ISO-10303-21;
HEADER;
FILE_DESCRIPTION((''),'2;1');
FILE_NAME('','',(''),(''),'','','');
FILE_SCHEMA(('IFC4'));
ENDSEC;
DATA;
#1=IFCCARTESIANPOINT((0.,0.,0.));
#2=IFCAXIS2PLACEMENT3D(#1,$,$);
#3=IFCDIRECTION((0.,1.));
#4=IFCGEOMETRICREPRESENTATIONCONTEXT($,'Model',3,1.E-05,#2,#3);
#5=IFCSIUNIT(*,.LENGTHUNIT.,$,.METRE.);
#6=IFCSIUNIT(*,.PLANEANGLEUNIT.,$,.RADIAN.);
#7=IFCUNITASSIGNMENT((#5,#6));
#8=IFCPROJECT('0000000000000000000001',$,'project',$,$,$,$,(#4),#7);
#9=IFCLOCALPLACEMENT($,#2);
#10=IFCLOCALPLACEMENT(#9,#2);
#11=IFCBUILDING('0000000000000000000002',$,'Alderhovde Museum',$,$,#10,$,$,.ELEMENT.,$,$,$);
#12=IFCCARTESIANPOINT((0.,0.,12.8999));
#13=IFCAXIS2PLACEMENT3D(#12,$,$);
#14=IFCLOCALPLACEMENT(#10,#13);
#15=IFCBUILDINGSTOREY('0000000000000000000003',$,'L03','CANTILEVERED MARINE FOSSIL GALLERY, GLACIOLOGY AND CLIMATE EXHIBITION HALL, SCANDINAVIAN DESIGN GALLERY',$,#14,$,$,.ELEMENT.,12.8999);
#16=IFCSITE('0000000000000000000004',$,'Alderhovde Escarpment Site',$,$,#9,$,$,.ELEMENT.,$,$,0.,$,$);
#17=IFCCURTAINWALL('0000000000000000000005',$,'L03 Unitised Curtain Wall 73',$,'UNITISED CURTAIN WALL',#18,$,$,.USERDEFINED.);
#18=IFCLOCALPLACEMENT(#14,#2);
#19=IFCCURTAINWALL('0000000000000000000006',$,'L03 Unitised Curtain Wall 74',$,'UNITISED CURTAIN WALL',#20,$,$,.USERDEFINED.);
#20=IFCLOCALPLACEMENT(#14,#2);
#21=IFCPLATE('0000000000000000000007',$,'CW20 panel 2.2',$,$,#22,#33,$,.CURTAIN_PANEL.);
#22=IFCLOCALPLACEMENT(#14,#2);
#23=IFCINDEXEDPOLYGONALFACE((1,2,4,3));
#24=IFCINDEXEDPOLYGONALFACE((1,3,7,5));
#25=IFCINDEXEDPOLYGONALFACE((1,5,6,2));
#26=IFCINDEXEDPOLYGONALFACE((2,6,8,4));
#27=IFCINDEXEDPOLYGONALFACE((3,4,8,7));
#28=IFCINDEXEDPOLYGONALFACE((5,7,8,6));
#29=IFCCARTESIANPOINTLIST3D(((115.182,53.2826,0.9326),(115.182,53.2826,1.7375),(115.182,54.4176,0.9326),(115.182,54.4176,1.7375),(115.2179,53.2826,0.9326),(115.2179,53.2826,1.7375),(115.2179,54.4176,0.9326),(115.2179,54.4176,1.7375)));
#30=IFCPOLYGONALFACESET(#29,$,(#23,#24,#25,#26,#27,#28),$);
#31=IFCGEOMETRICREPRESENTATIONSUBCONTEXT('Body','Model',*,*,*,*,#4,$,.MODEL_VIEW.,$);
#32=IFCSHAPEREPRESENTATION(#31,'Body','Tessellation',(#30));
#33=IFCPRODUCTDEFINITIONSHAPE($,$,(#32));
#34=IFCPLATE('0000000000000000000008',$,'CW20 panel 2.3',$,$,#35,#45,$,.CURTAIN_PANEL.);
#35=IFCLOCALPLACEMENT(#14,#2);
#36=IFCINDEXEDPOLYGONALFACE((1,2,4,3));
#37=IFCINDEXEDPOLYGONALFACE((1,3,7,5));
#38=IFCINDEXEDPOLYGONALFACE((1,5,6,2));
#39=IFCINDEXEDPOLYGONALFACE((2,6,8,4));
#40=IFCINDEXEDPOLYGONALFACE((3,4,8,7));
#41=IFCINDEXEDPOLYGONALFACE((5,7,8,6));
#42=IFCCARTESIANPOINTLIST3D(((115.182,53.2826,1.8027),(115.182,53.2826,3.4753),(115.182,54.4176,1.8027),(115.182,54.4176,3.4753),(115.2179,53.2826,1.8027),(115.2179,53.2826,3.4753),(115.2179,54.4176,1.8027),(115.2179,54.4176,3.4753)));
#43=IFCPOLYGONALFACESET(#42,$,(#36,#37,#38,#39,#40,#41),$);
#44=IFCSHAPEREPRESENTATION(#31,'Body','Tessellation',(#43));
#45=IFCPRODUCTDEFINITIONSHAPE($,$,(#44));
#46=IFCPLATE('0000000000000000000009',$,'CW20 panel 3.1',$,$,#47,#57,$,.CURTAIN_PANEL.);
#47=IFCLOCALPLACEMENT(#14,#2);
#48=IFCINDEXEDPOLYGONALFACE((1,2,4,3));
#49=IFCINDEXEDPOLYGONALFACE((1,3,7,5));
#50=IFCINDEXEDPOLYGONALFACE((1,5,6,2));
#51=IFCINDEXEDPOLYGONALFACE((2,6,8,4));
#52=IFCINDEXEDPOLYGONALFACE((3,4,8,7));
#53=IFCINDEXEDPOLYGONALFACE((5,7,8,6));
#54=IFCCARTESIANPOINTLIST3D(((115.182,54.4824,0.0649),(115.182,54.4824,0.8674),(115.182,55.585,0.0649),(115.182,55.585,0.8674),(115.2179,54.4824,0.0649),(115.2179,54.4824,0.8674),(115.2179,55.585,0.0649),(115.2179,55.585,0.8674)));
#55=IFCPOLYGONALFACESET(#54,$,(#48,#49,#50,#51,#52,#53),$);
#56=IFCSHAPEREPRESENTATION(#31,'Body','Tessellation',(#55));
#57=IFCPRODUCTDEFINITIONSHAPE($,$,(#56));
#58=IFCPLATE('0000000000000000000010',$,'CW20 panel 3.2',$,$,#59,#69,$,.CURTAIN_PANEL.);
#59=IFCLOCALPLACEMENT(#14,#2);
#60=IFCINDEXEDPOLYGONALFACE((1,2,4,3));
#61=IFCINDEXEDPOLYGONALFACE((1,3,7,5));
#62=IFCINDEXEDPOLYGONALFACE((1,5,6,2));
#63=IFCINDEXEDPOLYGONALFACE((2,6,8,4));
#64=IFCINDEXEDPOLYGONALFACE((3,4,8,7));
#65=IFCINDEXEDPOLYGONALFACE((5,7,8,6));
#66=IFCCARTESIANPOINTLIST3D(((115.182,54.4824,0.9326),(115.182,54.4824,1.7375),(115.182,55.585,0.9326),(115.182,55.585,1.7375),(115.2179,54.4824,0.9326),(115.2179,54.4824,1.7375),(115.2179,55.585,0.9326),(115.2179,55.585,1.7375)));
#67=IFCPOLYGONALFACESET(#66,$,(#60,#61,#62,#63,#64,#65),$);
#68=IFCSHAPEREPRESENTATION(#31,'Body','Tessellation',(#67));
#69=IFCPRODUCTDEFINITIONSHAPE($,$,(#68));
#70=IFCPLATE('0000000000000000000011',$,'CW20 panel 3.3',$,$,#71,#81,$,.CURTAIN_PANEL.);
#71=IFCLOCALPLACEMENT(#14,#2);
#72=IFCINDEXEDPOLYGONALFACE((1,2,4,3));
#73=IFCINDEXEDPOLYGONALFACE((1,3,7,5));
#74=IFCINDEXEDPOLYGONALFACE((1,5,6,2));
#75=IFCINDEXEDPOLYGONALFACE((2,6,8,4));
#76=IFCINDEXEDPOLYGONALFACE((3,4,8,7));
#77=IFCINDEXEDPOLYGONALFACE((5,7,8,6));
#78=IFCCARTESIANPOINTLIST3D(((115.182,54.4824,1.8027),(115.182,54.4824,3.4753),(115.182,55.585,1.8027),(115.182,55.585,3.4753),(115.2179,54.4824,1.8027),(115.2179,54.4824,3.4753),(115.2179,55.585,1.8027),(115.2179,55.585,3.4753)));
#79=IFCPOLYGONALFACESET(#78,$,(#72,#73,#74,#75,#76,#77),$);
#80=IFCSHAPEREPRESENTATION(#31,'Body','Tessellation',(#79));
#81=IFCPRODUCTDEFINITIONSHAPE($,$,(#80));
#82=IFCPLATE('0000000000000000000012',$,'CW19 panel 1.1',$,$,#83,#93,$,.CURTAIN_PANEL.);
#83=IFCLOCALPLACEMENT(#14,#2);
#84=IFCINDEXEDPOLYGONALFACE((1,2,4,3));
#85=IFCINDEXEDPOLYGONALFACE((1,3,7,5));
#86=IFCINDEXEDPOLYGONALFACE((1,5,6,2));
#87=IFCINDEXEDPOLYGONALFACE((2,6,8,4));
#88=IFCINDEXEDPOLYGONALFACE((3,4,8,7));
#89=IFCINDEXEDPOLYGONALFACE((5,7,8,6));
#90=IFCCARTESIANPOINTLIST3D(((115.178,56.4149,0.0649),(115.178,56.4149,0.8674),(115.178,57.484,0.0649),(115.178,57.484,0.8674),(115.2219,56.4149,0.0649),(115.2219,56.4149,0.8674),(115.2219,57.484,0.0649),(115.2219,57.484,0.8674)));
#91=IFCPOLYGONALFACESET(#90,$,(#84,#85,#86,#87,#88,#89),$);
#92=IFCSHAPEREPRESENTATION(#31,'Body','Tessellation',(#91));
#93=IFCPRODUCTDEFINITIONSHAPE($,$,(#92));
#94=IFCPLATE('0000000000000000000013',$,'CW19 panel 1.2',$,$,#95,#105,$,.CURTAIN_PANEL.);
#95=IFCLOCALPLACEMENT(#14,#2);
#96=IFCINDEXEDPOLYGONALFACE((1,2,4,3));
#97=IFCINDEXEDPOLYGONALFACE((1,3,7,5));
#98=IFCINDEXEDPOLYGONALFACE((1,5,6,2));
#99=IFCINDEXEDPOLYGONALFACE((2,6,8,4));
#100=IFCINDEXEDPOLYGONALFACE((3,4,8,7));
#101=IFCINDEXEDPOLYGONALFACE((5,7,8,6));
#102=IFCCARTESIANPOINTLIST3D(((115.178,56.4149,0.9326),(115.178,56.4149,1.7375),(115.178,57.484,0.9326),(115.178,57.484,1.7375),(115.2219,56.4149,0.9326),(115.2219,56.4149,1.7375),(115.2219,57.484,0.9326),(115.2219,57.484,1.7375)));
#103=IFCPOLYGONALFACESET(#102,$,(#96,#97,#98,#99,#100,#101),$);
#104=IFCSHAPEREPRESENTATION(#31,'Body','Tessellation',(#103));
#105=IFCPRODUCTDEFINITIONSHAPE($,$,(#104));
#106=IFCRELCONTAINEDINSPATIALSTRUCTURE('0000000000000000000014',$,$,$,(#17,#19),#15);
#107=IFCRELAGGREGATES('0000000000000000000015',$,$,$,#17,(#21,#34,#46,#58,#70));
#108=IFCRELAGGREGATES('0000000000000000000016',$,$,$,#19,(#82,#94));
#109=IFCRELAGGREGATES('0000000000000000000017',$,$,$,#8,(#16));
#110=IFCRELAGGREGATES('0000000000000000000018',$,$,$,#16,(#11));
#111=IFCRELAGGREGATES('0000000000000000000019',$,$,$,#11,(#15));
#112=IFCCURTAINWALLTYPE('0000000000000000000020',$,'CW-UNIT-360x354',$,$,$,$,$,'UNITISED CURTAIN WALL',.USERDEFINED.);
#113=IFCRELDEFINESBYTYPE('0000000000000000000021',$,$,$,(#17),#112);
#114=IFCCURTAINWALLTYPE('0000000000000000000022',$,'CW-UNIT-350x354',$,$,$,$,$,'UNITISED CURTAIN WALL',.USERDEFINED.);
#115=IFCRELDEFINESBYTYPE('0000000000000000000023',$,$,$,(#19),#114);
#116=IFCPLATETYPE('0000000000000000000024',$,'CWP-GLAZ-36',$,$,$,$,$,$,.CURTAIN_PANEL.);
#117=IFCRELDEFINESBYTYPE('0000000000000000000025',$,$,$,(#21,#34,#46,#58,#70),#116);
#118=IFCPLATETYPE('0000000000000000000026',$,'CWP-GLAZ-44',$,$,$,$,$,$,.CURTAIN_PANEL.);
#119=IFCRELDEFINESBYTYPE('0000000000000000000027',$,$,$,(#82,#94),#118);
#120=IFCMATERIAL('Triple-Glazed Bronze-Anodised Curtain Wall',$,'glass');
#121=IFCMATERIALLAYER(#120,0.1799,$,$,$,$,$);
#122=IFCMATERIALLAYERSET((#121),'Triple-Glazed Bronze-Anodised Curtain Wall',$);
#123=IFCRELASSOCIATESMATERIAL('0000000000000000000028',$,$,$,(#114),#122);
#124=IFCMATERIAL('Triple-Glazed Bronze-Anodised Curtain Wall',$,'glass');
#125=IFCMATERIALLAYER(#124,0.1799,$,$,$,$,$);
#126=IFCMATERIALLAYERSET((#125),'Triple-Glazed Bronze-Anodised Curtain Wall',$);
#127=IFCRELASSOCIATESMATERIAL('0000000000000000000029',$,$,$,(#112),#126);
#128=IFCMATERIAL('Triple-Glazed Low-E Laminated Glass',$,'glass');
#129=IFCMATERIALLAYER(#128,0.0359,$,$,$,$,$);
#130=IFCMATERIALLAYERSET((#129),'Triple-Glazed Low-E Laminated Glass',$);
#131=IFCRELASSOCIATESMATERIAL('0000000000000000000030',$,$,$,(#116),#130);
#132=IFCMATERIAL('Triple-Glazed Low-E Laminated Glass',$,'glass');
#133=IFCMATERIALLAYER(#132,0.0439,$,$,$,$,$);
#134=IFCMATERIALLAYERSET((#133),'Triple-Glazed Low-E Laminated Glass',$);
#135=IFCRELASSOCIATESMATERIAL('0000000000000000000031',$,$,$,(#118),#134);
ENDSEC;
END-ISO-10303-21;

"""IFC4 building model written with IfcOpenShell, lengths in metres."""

from ifc_helpers import new_model, si_unit, direction, frame, origin, origin_2d, place, context, subcontext, project, spatial, rectangle, extrude, material, layer, layer_set, type_object, element, aggregate, save


model = new_model("IFC4")

# Units and contexts
model_context = context("Model", 3, precision=1e-05, world=origin(), true_north=direction((0.0, 1.0)))
body_context = subcontext(model_context, "Body", "Model", "MODEL_VIEW")
ifc_project = project(units=[si_unit("LENGTHUNIT", "METRE"), si_unit("PLANEANGLEUNIT", "RADIAN")], contexts=[model_context])

# Site, building, storey
site_placement = place(None, origin())
site = spatial("IfcSite", under=ifc_project, at=site_placement, Name="Alderhovde Escarpment Site", CompositionType="ELEMENT", RefElevation=0.0)
building_placement = place(site_placement, origin())
building = spatial("IfcBuilding", under=site, at=building_placement, Name="Alderhovde Museum", CompositionType="ELEMENT")
storey_placement = place(building_placement, frame((0.0, 0.0, 12.8999)))
storey = spatial("IfcBuildingStorey", under=building, at=storey_placement, Name="L03", Description="CANTILEVERED MARINE FOSSIL GALLERY, GLACIOLOGY AND CLIMATE EXHIBITION HALL, SCANDINAVIAN DESIGN GALLERY", CompositionType="ELEMENT", Elevation=12.8999)

# Shared definitions
ifc_material_1 = material(Name="Triple-Glazed Bronze-Anodised Curtain Wall", Category="glass")
ifc_layer_1 = layer(ifc_material_1, 0.1799)
ifc_layer_set_1 = layer_set([ifc_layer_1], Name="Triple-Glazed Bronze-Anodised Curtain Wall")
curtain_wall_type_1 = type_object("IfcCurtainWallType", Name="CW-UNIT-350x354", ElementType="UNITISED CURTAIN WALL", PredefinedType="USERDEFINED", material=ifc_layer_set_1)

# Curtain wall
ifc_material_2 = material(Name="Triple-Glazed Bronze-Anodised Curtain Wall", Category="glass")
ifc_layer_2 = layer(ifc_material_2, 0.1799)
ifc_layer_set_2 = layer_set([ifc_layer_2], Name="Triple-Glazed Bronze-Anodised Curtain Wall")
curtain_wall_type_2 = type_object("IfcCurtainWallType", Name="CW-UNIT-360x354", ElementType="UNITISED CURTAIN WALL", PredefinedType="USERDEFINED", material=ifc_layer_set_2)
curtain_wall_1_placement = place(storey_placement, origin())
curtain_wall_1 = element("IfcCurtainWall", 1, at=curtain_wall_1_placement, inside=storey, type_object=curtain_wall_type_2, Name="L03 Unitised Curtain Wall 73", ObjectType="UNITISED CURTAIN WALL", PredefinedType="USERDEFINED")

# Curtain wall
curtain_wall_2_placement = place(storey_placement, origin())
curtain_wall_2 = element("IfcCurtainWall", 2, at=curtain_wall_2_placement, inside=storey, type_object=curtain_wall_type_1, Name="L03 Unitised Curtain Wall 74", ObjectType="UNITISED CURTAIN WALL", PredefinedType="USERDEFINED")

# Plates
ifc_material_3 = material(Name="Triple-Glazed Low-E Laminated Glass", Category="glass")
ifc_layer_3 = layer(ifc_material_3, 0.0359)
ifc_layer_set_3 = layer_set([ifc_layer_3], Name="Triple-Glazed Low-E Laminated Glass")
plate_type_1 = type_object("IfcPlateType", Name="CWP-GLAZ-36", PredefinedType="CURTAIN_PANEL", material=ifc_layer_set_3)
plate_1_placement = place(storey_placement, frame((115.2, 53.8501, 0.9326), z_axis=(0.0, 0.0, 1.0), x_axis=(0.0, 1.0, 0.0)))
plate_1 = element("IfcPlate", 3, at=plate_1_placement, type_object=plate_type_1, Name="CW20 panel 2.2", PredefinedType="CURTAIN_PANEL", context=body_context, shape_type="SweptSolid", body=[
    extrude(rectangle(XDim=1.135, YDim=0.0359, at=origin_2d()), origin(), (0.0, 0.0, 1.0), 0.8049),
])
plate_2_placement = place(storey_placement, frame((115.2, 53.8501, 1.8027), z_axis=(0.0, 0.0, 1.0), x_axis=(0.0, 1.0, 0.0)))
plate_2 = element("IfcPlate", 4, at=plate_2_placement, type_object=plate_type_1, Name="CW20 panel 2.3", PredefinedType="CURTAIN_PANEL", context=body_context, shape_type="SweptSolid", body=[
    extrude(rectangle(XDim=1.135, YDim=0.0359, at=origin_2d()), origin(), (0.0, 0.0, 1.0), 1.6726),
])
plate_3_placement = place(storey_placement, frame((115.2, 55.0337, 0.0649), z_axis=(0.0, 0.0, 1.0), x_axis=(0.0, 1.0, 0.0)))
plate_3 = element("IfcPlate", 5, at=plate_3_placement, type_object=plate_type_1, Name="CW20 panel 3.1", PredefinedType="CURTAIN_PANEL", context=body_context, shape_type="SweptSolid", body=[
    extrude(rectangle(XDim=1.1025, YDim=0.0359, at=origin_2d()), origin(), (0.0, 0.0, 1.0), 0.8025),
])
plate_4_placement = place(storey_placement, frame((115.2, 55.0337, 0.9326), z_axis=(0.0, 0.0, 1.0), x_axis=(0.0, 1.0, 0.0)))
plate_4 = element("IfcPlate", 6, at=plate_4_placement, type_object=plate_type_1, Name="CW20 panel 3.2", PredefinedType="CURTAIN_PANEL", context=body_context, shape_type="SweptSolid", body=[
    extrude(rectangle(XDim=1.1025, YDim=0.0359, at=origin_2d()), origin(), (0.0, 0.0, 1.0), 0.8049),
])
plate_5_placement = place(storey_placement, frame((115.2, 55.0337, 1.8027), z_axis=(0.0, 0.0, 1.0), x_axis=(0.0, 1.0, 0.0)))
plate_5 = element("IfcPlate", 7, at=plate_5_placement, type_object=plate_type_1, Name="CW20 panel 3.3", PredefinedType="CURTAIN_PANEL", context=body_context, shape_type="SweptSolid", body=[
    extrude(rectangle(XDim=1.1025, YDim=0.0359, at=origin_2d()), origin(), (0.0, 0.0, 1.0), 1.6726),
])
aggregate(curtain_wall_1, [plate_1, plate_2, plate_3, plate_4, plate_5])
ifc_material_4 = material(Name="Triple-Glazed Low-E Laminated Glass", Category="glass")
ifc_layer_4 = layer(ifc_material_4, 0.0439)
ifc_layer_set_4 = layer_set([ifc_layer_4], Name="Triple-Glazed Low-E Laminated Glass")
plate_type_2 = type_object("IfcPlateType", Name="CWP-GLAZ-44", PredefinedType="CURTAIN_PANEL", material=ifc_layer_set_4)
plate_6_placement = place(storey_placement, frame((115.2, 56.9495, 0.0649), z_axis=(0.0, 0.0, 1.0), x_axis=(0.0, 1.0, 0.0)))
plate_6 = element("IfcPlate", 8, at=plate_6_placement, type_object=plate_type_2, Name="CW19 panel 1.1", PredefinedType="CURTAIN_PANEL", context=body_context, shape_type="SweptSolid", body=[
    extrude(rectangle(XDim=1.0691, YDim=0.0439, at=origin_2d()), origin(), (0.0, 0.0, 1.0), 0.8025),
])
plate_7_placement = place(storey_placement, frame((115.2, 56.9495, 0.9326), z_axis=(0.0, 0.0, 1.0), x_axis=(0.0, 1.0, 0.0)))
plate_7 = element("IfcPlate", 9, at=plate_7_placement, type_object=plate_type_2, Name="CW19 panel 1.2", PredefinedType="CURTAIN_PANEL", context=body_context, shape_type="SweptSolid", body=[
    extrude(rectangle(XDim=1.0691, YDim=0.0439, at=origin_2d()), origin(), (0.0, 0.0, 1.0), 0.8049),
])
aggregate(curtain_wall_2, [plate_6, plate_7])

save(model, "model.ifc")
